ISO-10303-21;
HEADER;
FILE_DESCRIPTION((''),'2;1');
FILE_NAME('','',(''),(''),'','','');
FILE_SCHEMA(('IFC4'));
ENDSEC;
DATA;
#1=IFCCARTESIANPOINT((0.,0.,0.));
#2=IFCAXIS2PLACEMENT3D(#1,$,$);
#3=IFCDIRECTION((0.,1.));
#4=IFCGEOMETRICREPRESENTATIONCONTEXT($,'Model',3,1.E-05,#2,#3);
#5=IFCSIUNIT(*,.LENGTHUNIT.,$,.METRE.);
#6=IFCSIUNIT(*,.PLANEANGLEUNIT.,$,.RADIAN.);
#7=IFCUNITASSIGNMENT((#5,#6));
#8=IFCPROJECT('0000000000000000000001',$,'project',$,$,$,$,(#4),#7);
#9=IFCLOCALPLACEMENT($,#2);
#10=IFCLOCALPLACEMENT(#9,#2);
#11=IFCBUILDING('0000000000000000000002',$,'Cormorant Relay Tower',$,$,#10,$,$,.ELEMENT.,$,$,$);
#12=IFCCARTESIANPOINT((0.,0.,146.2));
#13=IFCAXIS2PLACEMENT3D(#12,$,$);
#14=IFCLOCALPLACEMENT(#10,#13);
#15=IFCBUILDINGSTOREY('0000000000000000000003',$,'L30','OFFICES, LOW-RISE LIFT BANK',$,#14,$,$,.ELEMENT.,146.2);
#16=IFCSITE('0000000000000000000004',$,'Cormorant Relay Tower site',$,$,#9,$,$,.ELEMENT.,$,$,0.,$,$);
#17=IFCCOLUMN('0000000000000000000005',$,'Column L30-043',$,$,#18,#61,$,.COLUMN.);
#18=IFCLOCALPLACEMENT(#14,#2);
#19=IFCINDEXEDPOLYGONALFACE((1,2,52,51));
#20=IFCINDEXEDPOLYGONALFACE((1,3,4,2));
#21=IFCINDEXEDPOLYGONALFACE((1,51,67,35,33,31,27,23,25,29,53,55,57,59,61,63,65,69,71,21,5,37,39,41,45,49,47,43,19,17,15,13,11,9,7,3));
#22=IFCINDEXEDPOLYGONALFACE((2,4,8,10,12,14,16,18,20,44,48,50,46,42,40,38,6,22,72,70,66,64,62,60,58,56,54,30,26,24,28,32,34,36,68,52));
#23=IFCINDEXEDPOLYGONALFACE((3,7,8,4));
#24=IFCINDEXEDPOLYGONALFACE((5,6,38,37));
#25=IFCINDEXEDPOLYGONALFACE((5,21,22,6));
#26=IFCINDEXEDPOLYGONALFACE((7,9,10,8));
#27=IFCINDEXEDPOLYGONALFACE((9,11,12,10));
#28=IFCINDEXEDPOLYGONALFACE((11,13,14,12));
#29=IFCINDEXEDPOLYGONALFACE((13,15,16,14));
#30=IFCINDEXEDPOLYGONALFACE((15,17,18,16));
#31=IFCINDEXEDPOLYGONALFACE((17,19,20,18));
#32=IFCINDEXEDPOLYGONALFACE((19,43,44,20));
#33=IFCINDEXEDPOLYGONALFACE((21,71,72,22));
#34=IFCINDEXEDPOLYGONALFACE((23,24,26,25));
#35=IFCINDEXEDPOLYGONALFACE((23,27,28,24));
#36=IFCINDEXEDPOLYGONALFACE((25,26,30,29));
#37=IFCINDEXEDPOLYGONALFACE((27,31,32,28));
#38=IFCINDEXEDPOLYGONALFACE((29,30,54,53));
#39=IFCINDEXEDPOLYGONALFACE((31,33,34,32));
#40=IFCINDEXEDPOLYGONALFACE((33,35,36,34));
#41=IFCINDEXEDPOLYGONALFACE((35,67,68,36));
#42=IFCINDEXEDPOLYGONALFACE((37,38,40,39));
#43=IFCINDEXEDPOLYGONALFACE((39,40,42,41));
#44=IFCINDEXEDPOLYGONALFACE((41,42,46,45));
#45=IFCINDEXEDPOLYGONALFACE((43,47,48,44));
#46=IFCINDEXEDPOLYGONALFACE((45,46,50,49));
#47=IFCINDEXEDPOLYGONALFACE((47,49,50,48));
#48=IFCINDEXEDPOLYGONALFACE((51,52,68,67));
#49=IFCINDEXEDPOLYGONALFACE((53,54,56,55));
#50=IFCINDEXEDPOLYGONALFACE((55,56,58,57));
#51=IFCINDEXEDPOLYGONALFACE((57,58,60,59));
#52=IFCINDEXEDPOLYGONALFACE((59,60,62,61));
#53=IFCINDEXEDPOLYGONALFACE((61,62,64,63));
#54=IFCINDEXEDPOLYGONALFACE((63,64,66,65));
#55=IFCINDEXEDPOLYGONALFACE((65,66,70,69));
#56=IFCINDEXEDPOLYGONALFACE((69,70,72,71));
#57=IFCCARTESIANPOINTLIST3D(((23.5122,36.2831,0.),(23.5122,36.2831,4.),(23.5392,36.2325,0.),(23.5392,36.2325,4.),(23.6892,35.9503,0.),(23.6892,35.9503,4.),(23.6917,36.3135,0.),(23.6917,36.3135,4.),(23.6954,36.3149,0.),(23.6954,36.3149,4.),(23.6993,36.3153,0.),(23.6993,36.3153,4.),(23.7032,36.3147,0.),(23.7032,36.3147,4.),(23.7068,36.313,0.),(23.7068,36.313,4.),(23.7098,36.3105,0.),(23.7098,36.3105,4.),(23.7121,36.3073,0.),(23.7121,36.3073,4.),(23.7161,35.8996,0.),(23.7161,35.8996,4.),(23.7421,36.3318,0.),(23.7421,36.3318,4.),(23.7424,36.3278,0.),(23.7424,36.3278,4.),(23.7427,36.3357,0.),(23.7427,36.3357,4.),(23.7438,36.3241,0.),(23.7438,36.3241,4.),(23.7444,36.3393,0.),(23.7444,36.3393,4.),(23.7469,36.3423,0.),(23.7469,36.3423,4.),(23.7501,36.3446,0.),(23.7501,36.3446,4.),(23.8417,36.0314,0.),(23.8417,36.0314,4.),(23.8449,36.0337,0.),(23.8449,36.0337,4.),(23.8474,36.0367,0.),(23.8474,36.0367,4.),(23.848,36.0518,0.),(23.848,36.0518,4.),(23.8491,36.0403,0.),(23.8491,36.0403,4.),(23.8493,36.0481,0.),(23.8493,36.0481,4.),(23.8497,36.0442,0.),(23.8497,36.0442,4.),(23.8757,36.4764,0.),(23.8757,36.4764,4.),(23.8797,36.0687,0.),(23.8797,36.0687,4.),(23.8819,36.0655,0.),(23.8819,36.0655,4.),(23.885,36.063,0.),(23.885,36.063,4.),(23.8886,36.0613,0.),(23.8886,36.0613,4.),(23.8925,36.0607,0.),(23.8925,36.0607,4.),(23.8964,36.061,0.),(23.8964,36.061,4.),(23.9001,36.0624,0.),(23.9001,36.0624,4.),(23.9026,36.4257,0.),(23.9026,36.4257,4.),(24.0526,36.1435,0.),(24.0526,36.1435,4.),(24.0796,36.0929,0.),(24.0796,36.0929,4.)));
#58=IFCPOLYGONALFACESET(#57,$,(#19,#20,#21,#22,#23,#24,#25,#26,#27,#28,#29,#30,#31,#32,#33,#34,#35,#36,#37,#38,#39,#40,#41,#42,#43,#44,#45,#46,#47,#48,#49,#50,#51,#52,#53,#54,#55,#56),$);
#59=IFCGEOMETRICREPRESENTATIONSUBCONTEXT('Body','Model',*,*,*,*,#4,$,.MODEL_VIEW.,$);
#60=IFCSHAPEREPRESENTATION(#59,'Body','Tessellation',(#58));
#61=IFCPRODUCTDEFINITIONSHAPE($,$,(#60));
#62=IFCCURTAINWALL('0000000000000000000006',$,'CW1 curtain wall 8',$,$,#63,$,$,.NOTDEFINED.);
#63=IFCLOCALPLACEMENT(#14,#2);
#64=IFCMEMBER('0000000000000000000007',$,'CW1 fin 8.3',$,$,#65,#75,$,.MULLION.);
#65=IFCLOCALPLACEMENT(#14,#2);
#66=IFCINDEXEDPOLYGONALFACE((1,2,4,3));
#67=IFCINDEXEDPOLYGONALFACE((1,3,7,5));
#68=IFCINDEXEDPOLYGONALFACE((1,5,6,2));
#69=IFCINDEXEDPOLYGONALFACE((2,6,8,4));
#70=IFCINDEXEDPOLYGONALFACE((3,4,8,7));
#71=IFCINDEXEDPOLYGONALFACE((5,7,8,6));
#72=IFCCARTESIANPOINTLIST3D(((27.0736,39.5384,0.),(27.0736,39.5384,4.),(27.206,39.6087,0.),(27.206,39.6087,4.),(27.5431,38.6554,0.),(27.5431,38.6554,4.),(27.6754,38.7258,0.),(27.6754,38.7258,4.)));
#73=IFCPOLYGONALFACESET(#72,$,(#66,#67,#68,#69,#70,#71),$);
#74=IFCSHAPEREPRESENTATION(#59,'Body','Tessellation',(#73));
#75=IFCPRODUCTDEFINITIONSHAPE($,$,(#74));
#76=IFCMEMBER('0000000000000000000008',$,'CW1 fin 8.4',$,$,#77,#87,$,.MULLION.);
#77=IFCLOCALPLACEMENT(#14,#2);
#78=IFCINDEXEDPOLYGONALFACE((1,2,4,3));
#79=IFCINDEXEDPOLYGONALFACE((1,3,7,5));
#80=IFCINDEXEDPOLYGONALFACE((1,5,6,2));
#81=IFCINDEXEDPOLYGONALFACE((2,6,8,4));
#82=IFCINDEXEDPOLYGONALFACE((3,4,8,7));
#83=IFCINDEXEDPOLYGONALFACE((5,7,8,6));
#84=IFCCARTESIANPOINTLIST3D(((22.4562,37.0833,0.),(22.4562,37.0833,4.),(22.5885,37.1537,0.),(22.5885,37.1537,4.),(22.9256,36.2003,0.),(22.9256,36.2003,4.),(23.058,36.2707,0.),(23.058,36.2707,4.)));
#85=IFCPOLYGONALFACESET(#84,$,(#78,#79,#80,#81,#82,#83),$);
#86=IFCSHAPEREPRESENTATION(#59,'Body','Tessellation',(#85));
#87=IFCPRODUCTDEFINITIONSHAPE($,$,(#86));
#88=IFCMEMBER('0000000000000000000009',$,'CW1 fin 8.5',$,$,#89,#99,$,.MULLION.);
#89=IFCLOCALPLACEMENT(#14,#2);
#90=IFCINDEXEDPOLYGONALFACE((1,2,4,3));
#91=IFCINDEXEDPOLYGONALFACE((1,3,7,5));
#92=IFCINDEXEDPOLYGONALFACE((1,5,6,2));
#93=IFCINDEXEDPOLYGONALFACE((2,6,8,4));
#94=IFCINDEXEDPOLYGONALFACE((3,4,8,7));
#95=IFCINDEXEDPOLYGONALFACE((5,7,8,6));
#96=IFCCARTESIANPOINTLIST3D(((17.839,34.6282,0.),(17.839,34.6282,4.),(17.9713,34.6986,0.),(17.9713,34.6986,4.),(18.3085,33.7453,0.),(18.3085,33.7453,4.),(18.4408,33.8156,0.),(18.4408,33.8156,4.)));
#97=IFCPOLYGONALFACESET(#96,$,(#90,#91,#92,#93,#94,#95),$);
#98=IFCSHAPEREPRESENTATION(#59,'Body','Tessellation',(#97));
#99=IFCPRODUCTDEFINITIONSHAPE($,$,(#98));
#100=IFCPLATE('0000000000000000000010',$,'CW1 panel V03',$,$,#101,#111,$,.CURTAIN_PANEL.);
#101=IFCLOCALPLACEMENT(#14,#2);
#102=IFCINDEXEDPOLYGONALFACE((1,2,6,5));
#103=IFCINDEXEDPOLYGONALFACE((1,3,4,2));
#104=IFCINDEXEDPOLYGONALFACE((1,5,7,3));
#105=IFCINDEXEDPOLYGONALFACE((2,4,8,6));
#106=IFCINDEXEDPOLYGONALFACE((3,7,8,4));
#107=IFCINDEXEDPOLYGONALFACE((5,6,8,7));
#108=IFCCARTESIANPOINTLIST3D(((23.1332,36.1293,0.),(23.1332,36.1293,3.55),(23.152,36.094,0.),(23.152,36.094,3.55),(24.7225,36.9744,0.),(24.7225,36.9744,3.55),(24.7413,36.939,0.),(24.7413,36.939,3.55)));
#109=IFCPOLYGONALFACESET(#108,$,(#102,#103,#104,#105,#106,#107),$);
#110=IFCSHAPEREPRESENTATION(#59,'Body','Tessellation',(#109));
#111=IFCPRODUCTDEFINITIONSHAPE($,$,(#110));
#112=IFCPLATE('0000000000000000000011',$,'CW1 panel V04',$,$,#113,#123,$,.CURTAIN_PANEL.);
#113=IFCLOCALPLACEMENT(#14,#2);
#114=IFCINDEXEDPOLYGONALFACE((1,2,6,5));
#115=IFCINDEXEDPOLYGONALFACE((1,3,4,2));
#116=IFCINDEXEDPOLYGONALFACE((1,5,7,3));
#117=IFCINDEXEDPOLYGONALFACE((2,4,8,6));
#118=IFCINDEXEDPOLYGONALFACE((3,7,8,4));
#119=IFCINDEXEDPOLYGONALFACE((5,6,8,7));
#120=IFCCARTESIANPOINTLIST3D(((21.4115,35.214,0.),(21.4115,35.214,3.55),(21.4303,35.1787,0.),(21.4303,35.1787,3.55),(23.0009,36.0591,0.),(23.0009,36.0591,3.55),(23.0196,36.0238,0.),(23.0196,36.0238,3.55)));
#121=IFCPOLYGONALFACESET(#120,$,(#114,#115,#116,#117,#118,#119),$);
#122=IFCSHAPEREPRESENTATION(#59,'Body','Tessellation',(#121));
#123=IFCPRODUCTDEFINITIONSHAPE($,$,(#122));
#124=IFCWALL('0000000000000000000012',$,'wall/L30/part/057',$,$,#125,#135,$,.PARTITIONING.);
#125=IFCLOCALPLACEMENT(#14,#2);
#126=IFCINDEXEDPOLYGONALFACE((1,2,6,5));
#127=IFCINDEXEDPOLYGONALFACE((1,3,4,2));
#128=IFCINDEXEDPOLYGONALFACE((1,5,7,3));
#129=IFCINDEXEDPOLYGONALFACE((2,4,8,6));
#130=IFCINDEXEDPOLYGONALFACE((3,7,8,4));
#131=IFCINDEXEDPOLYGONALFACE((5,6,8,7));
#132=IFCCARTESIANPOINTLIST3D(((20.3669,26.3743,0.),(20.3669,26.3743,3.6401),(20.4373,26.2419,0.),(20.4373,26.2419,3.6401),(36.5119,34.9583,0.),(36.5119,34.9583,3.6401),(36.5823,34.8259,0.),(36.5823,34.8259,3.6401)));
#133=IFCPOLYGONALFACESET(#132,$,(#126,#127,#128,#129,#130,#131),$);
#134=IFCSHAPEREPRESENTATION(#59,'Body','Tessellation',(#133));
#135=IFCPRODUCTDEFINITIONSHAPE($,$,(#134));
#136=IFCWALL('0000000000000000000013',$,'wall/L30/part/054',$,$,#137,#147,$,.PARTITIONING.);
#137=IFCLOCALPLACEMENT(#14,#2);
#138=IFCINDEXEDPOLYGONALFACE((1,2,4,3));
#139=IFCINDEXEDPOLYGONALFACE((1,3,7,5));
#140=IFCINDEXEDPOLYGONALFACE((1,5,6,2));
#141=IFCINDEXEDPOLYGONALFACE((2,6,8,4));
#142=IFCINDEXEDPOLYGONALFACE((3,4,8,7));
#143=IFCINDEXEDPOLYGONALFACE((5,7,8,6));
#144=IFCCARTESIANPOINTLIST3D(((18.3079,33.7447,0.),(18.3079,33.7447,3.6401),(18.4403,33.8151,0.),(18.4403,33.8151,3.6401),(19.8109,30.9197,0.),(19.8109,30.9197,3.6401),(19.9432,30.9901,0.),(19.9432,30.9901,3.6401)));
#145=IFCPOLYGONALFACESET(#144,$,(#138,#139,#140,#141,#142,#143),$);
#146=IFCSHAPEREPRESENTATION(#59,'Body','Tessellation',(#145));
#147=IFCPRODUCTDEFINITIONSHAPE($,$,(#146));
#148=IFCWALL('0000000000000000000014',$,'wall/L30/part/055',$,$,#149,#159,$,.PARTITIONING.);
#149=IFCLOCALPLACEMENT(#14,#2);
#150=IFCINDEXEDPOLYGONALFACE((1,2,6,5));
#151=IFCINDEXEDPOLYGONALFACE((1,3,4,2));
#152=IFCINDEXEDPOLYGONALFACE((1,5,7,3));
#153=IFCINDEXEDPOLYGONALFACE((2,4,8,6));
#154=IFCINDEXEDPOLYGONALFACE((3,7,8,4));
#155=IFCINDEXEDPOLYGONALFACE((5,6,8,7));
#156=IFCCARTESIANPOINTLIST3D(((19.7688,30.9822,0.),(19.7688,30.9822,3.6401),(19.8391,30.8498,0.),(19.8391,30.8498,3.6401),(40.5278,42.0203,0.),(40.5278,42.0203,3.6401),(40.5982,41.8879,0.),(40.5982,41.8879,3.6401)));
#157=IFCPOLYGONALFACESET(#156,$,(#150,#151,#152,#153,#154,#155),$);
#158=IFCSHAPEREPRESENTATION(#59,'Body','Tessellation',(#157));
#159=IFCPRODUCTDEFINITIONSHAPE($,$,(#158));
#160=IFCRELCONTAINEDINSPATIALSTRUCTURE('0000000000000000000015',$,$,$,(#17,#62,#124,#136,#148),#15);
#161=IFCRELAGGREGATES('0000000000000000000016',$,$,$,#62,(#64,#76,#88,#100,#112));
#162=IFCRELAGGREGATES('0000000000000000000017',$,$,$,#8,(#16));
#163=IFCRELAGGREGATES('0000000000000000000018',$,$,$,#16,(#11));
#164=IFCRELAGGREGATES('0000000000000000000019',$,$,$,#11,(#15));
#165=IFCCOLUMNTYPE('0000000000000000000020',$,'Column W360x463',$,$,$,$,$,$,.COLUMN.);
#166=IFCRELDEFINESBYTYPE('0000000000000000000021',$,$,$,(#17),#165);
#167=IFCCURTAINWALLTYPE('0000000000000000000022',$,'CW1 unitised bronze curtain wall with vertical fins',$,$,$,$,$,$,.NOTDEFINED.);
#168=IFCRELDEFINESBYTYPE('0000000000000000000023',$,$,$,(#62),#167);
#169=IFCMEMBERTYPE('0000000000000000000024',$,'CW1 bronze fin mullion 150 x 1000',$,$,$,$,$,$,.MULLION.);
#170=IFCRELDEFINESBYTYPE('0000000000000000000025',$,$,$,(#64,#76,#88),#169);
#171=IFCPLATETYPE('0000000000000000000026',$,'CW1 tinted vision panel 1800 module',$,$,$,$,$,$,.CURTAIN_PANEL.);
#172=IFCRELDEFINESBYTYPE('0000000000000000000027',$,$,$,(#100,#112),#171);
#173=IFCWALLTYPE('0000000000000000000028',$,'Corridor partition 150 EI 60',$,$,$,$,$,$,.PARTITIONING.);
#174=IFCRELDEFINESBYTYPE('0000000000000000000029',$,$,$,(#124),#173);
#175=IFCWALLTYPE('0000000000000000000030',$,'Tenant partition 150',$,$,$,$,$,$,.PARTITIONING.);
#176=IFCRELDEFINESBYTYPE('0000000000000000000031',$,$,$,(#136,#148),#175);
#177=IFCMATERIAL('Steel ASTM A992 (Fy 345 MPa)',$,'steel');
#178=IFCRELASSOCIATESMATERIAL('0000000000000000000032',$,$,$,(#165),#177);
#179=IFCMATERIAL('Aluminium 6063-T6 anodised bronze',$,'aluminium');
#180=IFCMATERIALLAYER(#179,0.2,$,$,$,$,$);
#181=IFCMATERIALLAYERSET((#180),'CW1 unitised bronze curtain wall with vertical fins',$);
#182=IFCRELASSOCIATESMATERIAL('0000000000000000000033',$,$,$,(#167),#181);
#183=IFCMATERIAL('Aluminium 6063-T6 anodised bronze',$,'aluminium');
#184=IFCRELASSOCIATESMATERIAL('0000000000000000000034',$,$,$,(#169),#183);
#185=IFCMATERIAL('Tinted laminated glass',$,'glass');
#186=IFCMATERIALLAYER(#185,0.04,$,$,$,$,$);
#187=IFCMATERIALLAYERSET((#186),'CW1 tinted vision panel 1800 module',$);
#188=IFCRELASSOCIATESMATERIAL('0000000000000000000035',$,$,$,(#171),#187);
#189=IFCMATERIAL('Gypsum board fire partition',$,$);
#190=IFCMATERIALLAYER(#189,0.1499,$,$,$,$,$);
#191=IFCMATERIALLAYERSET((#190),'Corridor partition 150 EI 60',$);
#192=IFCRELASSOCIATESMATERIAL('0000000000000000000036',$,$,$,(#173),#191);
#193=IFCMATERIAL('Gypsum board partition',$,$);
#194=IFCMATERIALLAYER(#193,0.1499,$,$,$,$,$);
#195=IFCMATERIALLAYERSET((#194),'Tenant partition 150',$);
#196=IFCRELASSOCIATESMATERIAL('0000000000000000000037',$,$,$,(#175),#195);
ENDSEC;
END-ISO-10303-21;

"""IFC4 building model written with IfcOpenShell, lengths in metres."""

from ifc_helpers import new_model, si_unit, direction, frame, frame_2d, origin, origin_2d, place, context, subcontext, project, spatial, rectangle, i_section, extrude, material, layer, layer_set, material_profile, profile_set, type_object, element, aggregate, save


model = new_model("IFC4")

# Units and contexts
model_context = context("Model", 3, precision=1e-05, world=origin(), true_north=direction((0.0, 1.0)))
body_context = subcontext(model_context, "Body", "Model", "MODEL_VIEW")
ifc_project = project(units=[si_unit("LENGTHUNIT", "METRE"), si_unit("PLANEANGLEUNIT", "RADIAN")], contexts=[model_context])

# Site, building, storey
site_placement = place(None, origin())
site = spatial("IfcSite", under=ifc_project, at=site_placement, Name="Cormorant Relay Tower site", CompositionType="ELEMENT", RefElevation=0.0)
building_placement = place(site_placement, origin())
building = spatial("IfcBuilding", under=site, at=building_placement, Name="Cormorant Relay Tower", CompositionType="ELEMENT")
storey_placement = place(building_placement, frame((0.0, 0.0, 146.2)))
storey = spatial("IfcBuildingStorey", under=building, at=storey_placement, Name="L30", Description="OFFICES, LOW-RISE LIFT BANK", CompositionType="ELEMENT", Elevation=146.2)

# Column
ifc_material_1 = material(Name="Steel ASTM A992 (Fy 345 MPa)", Category="steel")
ifc_material_profile_1 = material_profile(ifc_material_1, i_section(OverallWidth=0.4116, OverallDepth=0.4343, WebThickness=0.0359, FlangeThickness=0.0574, FilletRadius=0.0151, at=origin_2d()), Name="W360x463")
ifc_profile_set_1 = profile_set([ifc_material_profile_1], Name="Steel ASTM A992 (Fy 345 MPa)")
column_type = type_object("IfcColumnType", Name="Column W360x463", PredefinedType="COLUMN", material=ifc_profile_set_1)
column_placement = place(storey_placement, frame((23.7959, 36.188, 0.0), z_axis=(0.0, 0.0, 1.0), x_axis=(-0.882948, -0.469472, 0.0)))
element("IfcColumn", 1, at=column_placement, inside=storey, type_object=column_type, Name="Column L30-043", PredefinedType="COLUMN", context=body_context, shape_type="SweptSolid", body=[
    extrude(i_section(OverallWidth=0.4116, OverallDepth=0.4343, WebThickness=0.0359, FlangeThickness=0.0574, FilletRadius=0.0151, at=origin_2d()), origin(), (0.0, 0.0, 1.0), 4.0),
])

# Curtain wall, members, plates
ifc_material_2 = material(Name="Aluminium 6063-T6 anodised bronze", Category="aluminium")
ifc_layer_1 = layer(ifc_material_2, 0.2)
ifc_layer_set_1 = layer_set([ifc_layer_1], Name="CW1 unitised bronze curtain wall with vertical fins")
curtain_wall_type = type_object("IfcCurtainWallType", Name="CW1 unitised bronze curtain wall with vertical fins", PredefinedType="NOTDEFINED", material=ifc_layer_set_1)
curtain_wall_placement = place(storey_placement, origin())
curtain_wall = element("IfcCurtainWall", 2, at=curtain_wall_placement, inside=storey, type_object=curtain_wall_type, Name="CW1 curtain wall 8", PredefinedType="NOTDEFINED")
ifc_material_3 = material(Name="Aluminium 6063-T6 anodised bronze", Category="aluminium")
ifc_material_profile_2 = material_profile(ifc_material_3, rectangle(XDim=0.1499, YDim=1.0, at=origin_2d()), Name="AL 150x1000")
ifc_profile_set_2 = profile_set([ifc_material_profile_2], Name="Aluminium 6063-T6 anodised bronze")
member_type = type_object("IfcMemberType", Name="CW1 bronze fin mullion 150 x 1000", PredefinedType="MULLION", material=ifc_profile_set_2)
member_1_placement = place(storey_placement, frame((27.3745, 39.1321, 0.0), z_axis=(0.0, 0.0, 1.0), x_axis=(-0.882948, -0.469472, 0.0)))
member_1 = element("IfcMember", 3, at=member_1_placement, type_object=member_type, Name="CW1 fin 8.3", PredefinedType="MULLION", context=body_context, shape_type="SweptSolid", body=[
    extrude(rectangle(XDim=0.1499, YDim=1.0, at=origin_2d()), origin(), (0.0, 0.0, 1.0), 4.0),
])
member_2_placement = place(storey_placement, frame((22.7571, 36.677, 0.0), z_axis=(0.0, 0.0, 1.0), x_axis=(-0.882948, -0.469472, 0.0)))
member_2 = element("IfcMember", 4, at=member_2_placement, type_object=member_type, Name="CW1 fin 8.4", PredefinedType="MULLION", context=body_context, shape_type="SweptSolid", body=[
    extrude(rectangle(XDim=0.1499, YDim=1.0, at=origin_2d()), origin(), (0.0, 0.0, 1.0), 4.0),
])
member_3_placement = place(storey_placement, frame((18.1399, 34.2219, 0.0), z_axis=(0.0, 0.0, 1.0), x_axis=(-0.882948, -0.469472, 0.0)))
member_3 = element("IfcMember", 5, at=member_3_placement, type_object=member_type, Name="CW1 fin 8.5", PredefinedType="MULLION", context=body_context, shape_type="SweptSolid", body=[
    extrude(rectangle(XDim=0.1499, YDim=1.0, at=origin_2d()), origin(), (0.0, 0.0, 1.0), 4.0),
])
ifc_material_4 = material(Name="Tinted laminated glass", Category="glass")
ifc_layer_2 = layer(ifc_material_4, 0.04)
ifc_layer_set_2 = layer_set([ifc_layer_2], Name="CW1 tinted vision panel 1800 module")
plate_type = type_object("IfcPlateType", Name="CW1 tinted vision panel 1800 module", PredefinedType="CURTAIN_PANEL", material=ifc_layer_set_2)
plate_1_placement = place(storey_placement, frame((23.9373, 36.5342, 0.0), z_axis=(0.0, 0.0, 1.0), x_axis=(-0.882948, -0.469472, 0.0)))
plate_1 = element("IfcPlate", 6, at=plate_1_placement, type_object=plate_type, Name="CW1 panel V03", PredefinedType="CURTAIN_PANEL", context=body_context, shape_type="SweptSolid", body=[
    extrude(rectangle(XDim=1.8, YDim=0.04, at=origin_2d()), origin(), (0.0, 0.0, 1.0), 3.55),
])
plate_2_placement = place(storey_placement, frame((22.2156, 35.6189, 0.0), z_axis=(0.0, 0.0, 1.0), x_axis=(-0.882948, -0.469472, 0.0)))
plate_2 = element("IfcPlate", 7, at=plate_2_placement, type_object=plate_type, Name="CW1 panel V04", PredefinedType="CURTAIN_PANEL", context=body_context, shape_type="SweptSolid", body=[
    extrude(rectangle(XDim=1.8, YDim=0.04, at=origin_2d()), origin(), (0.0, 0.0, 1.0), 3.55),
])

# Walls
ifc_material_5 = material(Name="Gypsum board fire partition")
ifc_layer_3 = layer(ifc_material_5, 0.1499)
ifc_layer_set_3 = layer_set([ifc_layer_3], Name="Corridor partition 150 EI 60")
wall_type_1 = type_object("IfcWallType", Name="Corridor partition 150 EI 60", PredefinedType="PARTITIONING", material=ifc_layer_set_3)
wall_1_placement = place(storey_placement, frame((20.4021, 26.3081, 0.0), z_axis=(0.0, 0.0, 1.0), x_axis=(0.882958, 0.469451, 0.0)))
element("IfcWall", 8, at=wall_1_placement, inside=storey, type_object=wall_type_1, Name="wall/L30/part/057", PredefinedType="PARTITIONING", context=body_context, shape_type="SweptSolid", body=[
    extrude(rectangle(XDim=18.2852, YDim=0.1499, at=frame_2d((9.1426, 0.0))), origin(), (0.0, 0.0, 1.0), 3.6401),
])
ifc_material_6 = material(Name="Gypsum board partition")
ifc_layer_4 = layer(ifc_material_6, 0.1499)
ifc_layer_set_4 = layer_set([ifc_layer_4], Name="Tenant partition 150")
wall_type_2 = type_object("IfcWallType", Name="Tenant partition 150", PredefinedType="PARTITIONING", material=ifc_layer_set_4)
wall_2_placement = place(storey_placement, frame((18.374, 33.78, 0.0), z_axis=(0.0, 0.0, 1.0), x_axis=(0.469685, -0.882834, 0.0)))
element("IfcWall", 9, at=wall_2_placement, inside=storey, type_object=wall_type_2, Name="wall/L30/part/054", PredefinedType="PARTITIONING", context=body_context, shape_type="SweptSolid", body=[
    extrude(rectangle(XDim=3.2, YDim=0.1499, at=frame_2d((1.6001, 0.0))), origin(), (0.0, 0.0, 1.0), 3.6401),
])
wall_3_placement = place(storey_placement, frame((19.804, 30.916, 0.0), z_axis=(0.0, 0.0, 1.0), x_axis=(0.882942, 0.469482, 0.0)))
element("IfcWall", 10, at=wall_3_placement, inside=storey, type_object=wall_type_2, Name="wall/L30/part/055", PredefinedType="PARTITIONING", context=body_context, shape_type="SweptSolid", body=[
    extrude(rectangle(XDim=23.5112, YDim=0.1499, at=frame_2d((11.7556, 0.0))), origin(), (0.0, 0.0, 1.0), 3.6401),
])

aggregate(curtain_wall, [member_1, member_2, member_3, plate_1, plate_2])

save(model, "model.ifc")
